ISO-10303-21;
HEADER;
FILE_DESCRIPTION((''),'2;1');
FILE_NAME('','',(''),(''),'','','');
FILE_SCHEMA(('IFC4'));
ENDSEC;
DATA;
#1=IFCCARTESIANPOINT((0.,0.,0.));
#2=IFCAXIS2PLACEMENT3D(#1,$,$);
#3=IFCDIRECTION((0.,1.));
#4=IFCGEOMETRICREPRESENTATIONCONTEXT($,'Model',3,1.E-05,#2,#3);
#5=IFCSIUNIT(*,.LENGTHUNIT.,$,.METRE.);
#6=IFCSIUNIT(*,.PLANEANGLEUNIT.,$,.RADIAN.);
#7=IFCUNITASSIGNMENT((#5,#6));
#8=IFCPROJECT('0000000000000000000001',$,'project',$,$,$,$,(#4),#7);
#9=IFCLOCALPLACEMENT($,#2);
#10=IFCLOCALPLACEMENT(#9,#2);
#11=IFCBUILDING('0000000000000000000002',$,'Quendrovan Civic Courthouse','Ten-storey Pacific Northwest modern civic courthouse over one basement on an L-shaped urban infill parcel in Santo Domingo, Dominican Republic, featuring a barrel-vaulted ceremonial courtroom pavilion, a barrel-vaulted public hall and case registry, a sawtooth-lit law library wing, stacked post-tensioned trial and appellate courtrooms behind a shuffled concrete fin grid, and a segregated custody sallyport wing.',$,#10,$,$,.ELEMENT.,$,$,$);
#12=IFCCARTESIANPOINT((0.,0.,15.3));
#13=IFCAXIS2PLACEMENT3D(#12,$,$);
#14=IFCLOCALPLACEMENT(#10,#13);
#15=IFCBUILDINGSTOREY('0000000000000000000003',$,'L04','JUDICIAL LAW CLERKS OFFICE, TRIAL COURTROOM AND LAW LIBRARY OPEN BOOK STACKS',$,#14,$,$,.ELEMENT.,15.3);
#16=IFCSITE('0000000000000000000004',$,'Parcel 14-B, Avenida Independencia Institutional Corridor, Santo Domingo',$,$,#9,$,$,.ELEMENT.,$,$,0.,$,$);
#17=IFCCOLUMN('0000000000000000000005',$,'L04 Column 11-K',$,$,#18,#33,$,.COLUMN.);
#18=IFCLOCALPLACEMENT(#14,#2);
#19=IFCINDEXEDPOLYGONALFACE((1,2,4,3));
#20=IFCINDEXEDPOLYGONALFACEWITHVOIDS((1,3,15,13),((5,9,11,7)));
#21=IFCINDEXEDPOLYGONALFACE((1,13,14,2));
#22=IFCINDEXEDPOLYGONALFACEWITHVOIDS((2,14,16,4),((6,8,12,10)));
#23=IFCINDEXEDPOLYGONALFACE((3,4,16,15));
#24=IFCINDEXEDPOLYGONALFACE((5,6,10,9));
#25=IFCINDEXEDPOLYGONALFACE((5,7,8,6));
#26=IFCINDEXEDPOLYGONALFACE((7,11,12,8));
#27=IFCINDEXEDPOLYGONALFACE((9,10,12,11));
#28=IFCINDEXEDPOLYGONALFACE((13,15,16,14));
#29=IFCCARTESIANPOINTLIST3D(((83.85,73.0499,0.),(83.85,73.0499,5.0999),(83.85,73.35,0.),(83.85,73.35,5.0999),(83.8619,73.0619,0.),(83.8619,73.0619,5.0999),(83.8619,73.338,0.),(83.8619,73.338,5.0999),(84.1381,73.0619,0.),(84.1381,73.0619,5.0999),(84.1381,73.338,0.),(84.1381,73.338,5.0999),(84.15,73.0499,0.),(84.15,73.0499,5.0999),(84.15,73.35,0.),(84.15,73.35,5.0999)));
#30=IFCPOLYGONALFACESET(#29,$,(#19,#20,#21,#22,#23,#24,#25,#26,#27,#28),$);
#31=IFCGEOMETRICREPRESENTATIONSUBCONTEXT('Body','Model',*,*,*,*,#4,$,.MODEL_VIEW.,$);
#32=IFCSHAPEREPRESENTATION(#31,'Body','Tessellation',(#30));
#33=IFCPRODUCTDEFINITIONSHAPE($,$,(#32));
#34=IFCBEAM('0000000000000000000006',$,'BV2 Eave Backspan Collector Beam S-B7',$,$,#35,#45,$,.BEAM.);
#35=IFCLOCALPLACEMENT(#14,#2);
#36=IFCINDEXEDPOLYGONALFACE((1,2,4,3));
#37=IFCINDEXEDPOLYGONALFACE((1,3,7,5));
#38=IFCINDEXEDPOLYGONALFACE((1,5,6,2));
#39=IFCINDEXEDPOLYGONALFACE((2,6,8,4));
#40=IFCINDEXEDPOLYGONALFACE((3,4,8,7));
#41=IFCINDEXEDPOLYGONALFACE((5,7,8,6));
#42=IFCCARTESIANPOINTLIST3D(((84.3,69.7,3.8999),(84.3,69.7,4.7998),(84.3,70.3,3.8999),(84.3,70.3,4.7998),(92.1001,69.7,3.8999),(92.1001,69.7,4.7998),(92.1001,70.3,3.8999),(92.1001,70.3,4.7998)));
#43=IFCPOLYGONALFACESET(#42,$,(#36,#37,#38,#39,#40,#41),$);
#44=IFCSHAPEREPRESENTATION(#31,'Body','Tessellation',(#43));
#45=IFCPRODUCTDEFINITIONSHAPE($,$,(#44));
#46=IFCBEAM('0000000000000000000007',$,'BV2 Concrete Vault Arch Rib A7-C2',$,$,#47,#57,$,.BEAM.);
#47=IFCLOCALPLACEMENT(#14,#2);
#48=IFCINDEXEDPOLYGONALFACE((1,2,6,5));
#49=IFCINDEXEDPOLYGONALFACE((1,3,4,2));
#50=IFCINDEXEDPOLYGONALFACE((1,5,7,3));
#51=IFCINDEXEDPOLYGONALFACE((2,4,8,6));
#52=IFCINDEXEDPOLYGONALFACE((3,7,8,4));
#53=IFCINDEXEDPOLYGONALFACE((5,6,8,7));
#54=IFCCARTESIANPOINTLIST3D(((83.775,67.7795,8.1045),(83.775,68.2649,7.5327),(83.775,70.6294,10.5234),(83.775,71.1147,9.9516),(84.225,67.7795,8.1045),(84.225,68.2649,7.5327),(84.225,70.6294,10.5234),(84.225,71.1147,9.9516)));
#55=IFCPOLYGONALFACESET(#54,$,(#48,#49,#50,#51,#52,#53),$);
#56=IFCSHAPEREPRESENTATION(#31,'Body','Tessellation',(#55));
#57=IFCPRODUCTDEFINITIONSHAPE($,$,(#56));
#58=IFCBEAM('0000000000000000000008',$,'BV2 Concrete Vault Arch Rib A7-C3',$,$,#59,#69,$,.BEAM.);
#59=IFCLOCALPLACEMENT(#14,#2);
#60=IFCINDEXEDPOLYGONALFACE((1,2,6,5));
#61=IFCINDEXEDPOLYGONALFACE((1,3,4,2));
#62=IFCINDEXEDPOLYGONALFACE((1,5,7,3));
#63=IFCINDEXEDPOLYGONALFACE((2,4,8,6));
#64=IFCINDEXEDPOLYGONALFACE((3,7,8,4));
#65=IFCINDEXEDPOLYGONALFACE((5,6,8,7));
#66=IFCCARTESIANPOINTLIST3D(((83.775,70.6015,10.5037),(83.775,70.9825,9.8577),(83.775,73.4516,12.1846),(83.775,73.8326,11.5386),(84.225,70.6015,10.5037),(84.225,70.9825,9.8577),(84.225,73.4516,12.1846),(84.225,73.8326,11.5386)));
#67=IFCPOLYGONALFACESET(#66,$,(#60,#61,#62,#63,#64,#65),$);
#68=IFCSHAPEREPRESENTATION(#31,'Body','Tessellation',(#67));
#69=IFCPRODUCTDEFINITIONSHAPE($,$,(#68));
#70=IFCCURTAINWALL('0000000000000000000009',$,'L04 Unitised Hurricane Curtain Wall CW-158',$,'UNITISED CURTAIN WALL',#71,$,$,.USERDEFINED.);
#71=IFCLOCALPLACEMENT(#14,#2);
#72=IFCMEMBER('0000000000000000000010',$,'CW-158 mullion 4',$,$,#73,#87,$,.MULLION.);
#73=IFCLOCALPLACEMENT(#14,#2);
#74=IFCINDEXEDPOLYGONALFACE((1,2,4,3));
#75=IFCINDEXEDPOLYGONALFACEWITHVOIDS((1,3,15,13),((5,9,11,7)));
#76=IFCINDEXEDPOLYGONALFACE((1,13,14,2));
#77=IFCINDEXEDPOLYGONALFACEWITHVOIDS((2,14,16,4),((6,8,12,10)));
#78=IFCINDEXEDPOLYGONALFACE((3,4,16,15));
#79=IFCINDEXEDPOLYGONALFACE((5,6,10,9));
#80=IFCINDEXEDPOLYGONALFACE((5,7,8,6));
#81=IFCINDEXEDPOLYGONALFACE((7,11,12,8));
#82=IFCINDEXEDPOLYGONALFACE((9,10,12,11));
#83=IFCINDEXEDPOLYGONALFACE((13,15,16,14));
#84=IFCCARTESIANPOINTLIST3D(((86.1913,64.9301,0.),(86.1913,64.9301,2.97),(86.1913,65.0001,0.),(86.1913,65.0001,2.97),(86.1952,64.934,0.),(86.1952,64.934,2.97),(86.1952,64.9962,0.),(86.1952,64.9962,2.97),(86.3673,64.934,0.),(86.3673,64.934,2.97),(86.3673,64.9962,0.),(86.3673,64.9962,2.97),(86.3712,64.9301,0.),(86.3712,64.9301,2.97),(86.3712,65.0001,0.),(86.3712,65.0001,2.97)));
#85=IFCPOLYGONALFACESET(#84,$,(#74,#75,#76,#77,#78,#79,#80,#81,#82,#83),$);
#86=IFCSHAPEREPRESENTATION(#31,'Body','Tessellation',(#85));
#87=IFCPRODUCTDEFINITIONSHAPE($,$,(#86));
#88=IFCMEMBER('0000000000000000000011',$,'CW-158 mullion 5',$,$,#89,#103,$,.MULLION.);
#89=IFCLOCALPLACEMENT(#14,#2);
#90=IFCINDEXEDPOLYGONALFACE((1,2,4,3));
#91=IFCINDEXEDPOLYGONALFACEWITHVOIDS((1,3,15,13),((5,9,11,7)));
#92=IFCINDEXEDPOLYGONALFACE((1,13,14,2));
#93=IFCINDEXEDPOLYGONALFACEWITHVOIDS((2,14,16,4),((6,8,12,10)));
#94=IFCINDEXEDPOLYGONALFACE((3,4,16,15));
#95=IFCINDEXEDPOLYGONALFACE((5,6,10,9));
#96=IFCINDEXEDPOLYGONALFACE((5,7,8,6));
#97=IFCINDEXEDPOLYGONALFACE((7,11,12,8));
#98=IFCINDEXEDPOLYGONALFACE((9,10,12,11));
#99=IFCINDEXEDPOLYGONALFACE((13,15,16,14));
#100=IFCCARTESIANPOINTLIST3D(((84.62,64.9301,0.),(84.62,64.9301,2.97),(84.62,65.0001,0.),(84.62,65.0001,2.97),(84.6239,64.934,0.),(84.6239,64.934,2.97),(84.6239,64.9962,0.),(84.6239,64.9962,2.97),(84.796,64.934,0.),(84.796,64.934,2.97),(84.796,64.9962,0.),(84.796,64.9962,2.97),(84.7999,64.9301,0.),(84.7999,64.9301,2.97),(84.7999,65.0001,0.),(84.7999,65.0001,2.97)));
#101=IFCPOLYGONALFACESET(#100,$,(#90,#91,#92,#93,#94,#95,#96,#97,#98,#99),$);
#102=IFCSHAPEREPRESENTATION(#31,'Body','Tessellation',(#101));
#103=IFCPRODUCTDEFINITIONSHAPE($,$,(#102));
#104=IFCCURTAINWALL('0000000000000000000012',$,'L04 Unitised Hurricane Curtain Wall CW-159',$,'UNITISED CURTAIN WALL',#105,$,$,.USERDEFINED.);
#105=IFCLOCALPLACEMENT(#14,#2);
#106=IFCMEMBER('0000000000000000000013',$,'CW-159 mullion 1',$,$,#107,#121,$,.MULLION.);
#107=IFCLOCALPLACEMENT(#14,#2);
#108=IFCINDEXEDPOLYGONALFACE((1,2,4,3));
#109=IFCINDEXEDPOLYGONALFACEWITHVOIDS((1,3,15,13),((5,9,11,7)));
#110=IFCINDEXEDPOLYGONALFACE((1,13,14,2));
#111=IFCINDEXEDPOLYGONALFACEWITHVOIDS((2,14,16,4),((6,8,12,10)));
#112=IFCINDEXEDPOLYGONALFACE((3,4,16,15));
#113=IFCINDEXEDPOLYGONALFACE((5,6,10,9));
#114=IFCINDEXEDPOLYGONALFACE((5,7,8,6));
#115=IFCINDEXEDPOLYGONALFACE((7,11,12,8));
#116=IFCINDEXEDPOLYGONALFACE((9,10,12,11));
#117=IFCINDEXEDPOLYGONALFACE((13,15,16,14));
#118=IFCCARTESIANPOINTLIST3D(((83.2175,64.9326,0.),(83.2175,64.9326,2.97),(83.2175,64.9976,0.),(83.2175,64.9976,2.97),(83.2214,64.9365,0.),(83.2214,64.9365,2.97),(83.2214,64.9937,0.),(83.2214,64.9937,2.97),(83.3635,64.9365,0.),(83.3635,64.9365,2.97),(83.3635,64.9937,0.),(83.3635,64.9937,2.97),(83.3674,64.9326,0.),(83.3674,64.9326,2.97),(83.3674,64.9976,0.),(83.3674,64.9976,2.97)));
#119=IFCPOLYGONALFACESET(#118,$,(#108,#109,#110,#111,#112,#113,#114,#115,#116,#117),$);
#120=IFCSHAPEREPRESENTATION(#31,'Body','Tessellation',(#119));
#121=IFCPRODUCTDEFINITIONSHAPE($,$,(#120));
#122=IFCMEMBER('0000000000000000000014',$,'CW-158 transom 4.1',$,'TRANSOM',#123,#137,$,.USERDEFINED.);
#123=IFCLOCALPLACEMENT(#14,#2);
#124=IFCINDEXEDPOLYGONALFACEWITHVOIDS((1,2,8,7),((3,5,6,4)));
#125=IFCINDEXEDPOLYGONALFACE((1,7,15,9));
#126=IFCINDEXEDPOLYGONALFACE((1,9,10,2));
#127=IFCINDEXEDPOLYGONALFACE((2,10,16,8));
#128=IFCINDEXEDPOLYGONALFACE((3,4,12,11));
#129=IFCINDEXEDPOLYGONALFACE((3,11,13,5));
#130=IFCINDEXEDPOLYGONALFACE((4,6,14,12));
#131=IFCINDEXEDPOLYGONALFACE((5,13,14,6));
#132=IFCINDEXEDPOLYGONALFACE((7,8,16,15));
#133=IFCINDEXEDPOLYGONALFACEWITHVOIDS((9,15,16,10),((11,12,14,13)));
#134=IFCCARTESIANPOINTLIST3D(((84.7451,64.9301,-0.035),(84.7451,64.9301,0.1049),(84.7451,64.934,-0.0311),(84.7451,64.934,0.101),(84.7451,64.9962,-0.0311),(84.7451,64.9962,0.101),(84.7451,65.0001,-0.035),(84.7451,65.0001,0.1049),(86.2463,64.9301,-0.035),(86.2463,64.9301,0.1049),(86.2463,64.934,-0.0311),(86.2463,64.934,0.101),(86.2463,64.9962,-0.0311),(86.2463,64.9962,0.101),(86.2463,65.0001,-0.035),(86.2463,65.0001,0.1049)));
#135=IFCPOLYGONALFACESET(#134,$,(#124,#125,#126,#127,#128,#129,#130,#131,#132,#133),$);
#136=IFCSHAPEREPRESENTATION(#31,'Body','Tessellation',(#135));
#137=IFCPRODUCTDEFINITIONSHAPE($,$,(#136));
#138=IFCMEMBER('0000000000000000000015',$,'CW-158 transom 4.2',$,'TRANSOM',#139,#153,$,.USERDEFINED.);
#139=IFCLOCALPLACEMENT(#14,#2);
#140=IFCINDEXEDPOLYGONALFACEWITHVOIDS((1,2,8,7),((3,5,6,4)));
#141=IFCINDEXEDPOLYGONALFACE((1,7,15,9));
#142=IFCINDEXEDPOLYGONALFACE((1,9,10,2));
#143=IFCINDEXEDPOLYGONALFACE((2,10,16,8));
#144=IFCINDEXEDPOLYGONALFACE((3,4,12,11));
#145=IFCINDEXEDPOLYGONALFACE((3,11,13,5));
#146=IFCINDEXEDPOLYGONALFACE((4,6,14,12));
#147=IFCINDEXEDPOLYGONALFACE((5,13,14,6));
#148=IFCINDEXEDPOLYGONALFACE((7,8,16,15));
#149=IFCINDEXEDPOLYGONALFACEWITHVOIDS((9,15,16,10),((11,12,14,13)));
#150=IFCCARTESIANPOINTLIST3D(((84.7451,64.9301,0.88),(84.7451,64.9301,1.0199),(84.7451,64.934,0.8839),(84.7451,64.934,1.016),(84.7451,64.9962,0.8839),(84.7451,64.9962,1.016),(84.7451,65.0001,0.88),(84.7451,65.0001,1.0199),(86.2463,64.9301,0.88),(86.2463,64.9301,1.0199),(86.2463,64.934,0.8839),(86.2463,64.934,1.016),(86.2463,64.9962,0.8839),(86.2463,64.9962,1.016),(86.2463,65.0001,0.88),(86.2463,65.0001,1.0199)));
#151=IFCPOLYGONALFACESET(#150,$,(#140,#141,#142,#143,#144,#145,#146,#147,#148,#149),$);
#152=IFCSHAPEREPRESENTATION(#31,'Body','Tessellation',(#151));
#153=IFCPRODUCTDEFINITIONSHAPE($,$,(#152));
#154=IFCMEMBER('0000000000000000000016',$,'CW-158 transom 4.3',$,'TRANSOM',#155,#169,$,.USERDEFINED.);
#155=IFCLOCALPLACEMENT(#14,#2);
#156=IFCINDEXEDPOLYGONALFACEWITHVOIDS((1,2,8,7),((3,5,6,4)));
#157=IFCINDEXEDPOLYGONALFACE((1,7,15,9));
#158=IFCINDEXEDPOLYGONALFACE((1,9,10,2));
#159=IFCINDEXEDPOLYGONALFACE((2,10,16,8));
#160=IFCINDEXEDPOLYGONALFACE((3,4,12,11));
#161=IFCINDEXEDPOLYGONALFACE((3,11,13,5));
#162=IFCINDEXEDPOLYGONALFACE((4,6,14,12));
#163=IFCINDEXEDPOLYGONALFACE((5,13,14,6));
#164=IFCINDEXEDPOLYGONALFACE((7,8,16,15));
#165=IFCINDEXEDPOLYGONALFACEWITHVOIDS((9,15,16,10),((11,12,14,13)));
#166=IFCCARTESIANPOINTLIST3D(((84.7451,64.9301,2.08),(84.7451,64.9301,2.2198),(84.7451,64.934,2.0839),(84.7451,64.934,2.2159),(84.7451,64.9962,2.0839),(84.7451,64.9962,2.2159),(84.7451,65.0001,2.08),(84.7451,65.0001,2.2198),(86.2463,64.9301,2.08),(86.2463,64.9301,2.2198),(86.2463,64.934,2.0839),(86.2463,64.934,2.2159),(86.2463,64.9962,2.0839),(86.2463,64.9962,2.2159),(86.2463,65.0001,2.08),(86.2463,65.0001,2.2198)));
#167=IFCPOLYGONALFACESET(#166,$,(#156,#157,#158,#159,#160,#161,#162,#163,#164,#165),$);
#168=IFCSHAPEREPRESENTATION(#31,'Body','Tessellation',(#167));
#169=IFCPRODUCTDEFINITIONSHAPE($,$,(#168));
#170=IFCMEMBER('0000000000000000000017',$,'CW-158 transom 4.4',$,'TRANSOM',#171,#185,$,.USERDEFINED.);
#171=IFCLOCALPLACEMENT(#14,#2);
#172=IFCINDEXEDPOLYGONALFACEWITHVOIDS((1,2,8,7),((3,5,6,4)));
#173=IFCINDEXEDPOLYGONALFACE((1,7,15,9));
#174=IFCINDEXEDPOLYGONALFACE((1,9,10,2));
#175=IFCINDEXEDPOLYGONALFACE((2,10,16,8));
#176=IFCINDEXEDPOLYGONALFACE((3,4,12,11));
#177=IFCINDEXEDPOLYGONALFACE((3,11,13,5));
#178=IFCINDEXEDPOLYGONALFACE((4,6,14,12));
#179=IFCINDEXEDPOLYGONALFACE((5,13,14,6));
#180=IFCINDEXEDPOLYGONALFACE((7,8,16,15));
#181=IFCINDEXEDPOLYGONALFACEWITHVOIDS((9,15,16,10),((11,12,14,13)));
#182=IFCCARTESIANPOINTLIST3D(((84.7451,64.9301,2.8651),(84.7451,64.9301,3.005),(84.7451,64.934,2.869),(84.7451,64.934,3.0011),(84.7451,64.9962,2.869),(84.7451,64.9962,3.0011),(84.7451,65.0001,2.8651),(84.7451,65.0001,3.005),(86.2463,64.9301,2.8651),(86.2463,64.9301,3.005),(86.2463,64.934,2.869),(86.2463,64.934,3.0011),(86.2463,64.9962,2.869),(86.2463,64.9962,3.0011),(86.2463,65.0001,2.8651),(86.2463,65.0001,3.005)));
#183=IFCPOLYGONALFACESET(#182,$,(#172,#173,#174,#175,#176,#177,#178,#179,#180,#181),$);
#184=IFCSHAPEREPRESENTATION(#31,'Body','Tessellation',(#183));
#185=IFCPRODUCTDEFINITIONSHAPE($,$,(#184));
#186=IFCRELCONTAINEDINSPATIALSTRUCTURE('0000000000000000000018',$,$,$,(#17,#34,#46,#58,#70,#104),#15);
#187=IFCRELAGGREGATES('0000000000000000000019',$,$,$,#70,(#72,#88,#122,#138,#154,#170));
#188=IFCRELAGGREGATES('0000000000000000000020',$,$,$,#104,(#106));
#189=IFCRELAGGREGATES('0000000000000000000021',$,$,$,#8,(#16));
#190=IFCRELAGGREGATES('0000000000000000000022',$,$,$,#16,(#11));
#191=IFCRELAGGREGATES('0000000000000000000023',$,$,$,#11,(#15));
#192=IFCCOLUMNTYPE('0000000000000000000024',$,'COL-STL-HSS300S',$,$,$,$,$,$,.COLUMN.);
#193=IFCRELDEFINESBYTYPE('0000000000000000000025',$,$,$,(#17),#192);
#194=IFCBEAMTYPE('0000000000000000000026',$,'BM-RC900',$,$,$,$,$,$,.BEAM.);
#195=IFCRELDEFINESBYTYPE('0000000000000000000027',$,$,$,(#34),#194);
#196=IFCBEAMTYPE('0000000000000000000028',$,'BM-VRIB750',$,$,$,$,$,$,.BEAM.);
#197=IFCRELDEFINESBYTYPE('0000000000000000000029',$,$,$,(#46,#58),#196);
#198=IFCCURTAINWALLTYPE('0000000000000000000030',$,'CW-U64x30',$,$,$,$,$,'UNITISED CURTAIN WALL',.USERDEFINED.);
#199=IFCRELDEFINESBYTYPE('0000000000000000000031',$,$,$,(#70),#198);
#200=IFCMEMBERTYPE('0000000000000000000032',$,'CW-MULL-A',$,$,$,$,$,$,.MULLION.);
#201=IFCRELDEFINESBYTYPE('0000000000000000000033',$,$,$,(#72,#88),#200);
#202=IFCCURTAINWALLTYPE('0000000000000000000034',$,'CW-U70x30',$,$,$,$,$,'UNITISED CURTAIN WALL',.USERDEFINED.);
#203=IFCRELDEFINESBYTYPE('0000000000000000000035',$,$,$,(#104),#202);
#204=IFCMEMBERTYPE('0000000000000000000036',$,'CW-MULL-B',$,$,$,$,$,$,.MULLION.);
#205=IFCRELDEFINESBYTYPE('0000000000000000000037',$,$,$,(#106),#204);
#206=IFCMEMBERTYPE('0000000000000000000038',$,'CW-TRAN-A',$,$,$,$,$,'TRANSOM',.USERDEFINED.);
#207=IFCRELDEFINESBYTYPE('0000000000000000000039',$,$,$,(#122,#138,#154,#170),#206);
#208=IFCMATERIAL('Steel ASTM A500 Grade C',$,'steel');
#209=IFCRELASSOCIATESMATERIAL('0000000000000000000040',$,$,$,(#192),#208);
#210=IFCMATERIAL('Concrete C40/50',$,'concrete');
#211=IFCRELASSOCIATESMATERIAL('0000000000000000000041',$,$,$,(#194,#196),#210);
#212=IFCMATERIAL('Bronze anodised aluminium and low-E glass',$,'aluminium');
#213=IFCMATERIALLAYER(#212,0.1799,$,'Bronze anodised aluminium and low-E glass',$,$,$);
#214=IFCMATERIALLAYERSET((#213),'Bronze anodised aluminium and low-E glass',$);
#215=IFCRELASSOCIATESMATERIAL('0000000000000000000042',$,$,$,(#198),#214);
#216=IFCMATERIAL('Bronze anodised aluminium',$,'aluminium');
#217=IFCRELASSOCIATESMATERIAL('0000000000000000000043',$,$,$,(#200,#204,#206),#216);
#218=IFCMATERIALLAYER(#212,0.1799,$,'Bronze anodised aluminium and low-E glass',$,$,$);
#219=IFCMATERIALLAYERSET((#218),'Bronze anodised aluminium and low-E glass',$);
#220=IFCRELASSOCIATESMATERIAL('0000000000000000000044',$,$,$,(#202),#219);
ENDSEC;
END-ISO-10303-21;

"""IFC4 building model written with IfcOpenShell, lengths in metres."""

from ifc_helpers import new_model, si_unit, direction, frame, origin, origin_2d, place, context, subcontext, project, spatial, rectangle, hollow_rectangle, extrude, material, layer, layer_set, material_profile, profile_set, type_object, element, aggregate, save


model = new_model("IFC4")

# Units and contexts
model_context = context("Model", 3, precision=1e-05, world=origin(), true_north=direction((0.0, 1.0)))
body_context = subcontext(model_context, "Body", "Model", "MODEL_VIEW")
ifc_project = project(units=[si_unit("LENGTHUNIT", "METRE"), si_unit("PLANEANGLEUNIT", "RADIAN")], contexts=[model_context])

# Site, building, storey
site_placement = place(None, origin())
site = spatial("IfcSite", under=ifc_project, at=site_placement, Name="Parcel 14-B, Avenida Independencia Institutional Corridor, Santo Domingo", CompositionType="ELEMENT", RefElevation=0.0)
building_placement = place(site_placement, origin())
building = spatial("IfcBuilding", under=site, at=building_placement, Name="Quendrovan Civic Courthouse", Description="Ten-storey Pacific Northwest modern civic courthouse over one basement on an L-shaped urban infill parcel in Santo Domingo, Dominican Republic, featuring a barrel-vaulted ceremonial courtroom pavilion, a barrel-vaulted public hall and case registry, a sawtooth-lit law library wing, stacked post-tensioned trial and appellate courtrooms behind a shuffled concrete fin grid, and a segregated custody sallyport wing.", CompositionType="ELEMENT")
storey_placement = place(building_placement, frame((0.0, 0.0, 15.3)))
storey = spatial("IfcBuildingStorey", under=building, at=storey_placement, Name="L04", Description="JUDICIAL LAW CLERKS OFFICE, TRIAL COURTROOM AND LAW LIBRARY OPEN BOOK STACKS", CompositionType="ELEMENT", Elevation=15.3)

# Column
ifc_material_1 = material(Name="Steel ASTM A500 Grade C", Category="steel")
ifc_material_profile_1 = material_profile(ifc_material_1, hollow_rectangle(XDim=0.3, YDim=0.3, WallThickness=0.012, at=origin_2d()), Name="HSS300x300x12")
ifc_profile_set_1 = profile_set([ifc_material_profile_1], Name="Steel ASTM A500 Grade C")
column_type = type_object("IfcColumnType", Name="COL-STL-HSS300S", PredefinedType="COLUMN", material=ifc_profile_set_1)
column_placement = place(storey_placement, frame((84.0, 73.2, 0.0), z_axis=(0.0, 0.0, 1.0), x_axis=(1.0, 0.0, 0.0)))
element("IfcColumn", 1, at=column_placement, inside=storey, type_object=column_type, Name="L04 Column 11-K", PredefinedType="COLUMN", context=body_context, shape_type="SweptSolid", body=[
    extrude(hollow_rectangle(XDim=0.3, YDim=0.3, WallThickness=0.012, at=origin_2d()), origin(), (0.0, 0.0, 1.0), 5.0999),
])

# Beams
ifc_material_2 = material(Name="Concrete C40/50", Category="concrete")
ifc_material_profile_2 = material_profile(ifc_material_2, rectangle(XDim=0.6001, YDim=0.8999, at=origin_2d()), Name="RC-BM-600x900")
ifc_profile_set_2 = profile_set([ifc_material_profile_2], Name="Concrete C40/50")
beam_type_1 = type_object("IfcBeamType", Name="BM-RC900", PredefinedType="BEAM", material=ifc_profile_set_2)
beam_1_placement = place(storey_placement, frame((84.3, 70.0, 4.3499), z_axis=(1.0, 0.0, 0.0), x_axis=(0.0, 1.0, 0.0)))
element("IfcBeam", 2, at=beam_1_placement, inside=storey, type_object=beam_type_1, Name="BV2 Eave Backspan Collector Beam S-B7", PredefinedType="BEAM", context=body_context, shape_type="SweptSolid", body=[
    extrude(rectangle(XDim=0.6001, YDim=0.8999, at=origin_2d()), origin(), (0.0, 0.0, 1.0), 7.8),
])
ifc_material_profile_3 = material_profile(ifc_material_2, rectangle(XDim=0.45, YDim=0.75, at=origin_2d()), Name="RC-VRIB-450x750")
ifc_profile_set_3 = profile_set([ifc_material_profile_3], Name="Concrete C40/50")
beam_type_2 = type_object("IfcBeamType", Name="BM-VRIB750", PredefinedType="BEAM", material=ifc_profile_set_3)
beam_2_placement = place(storey_placement, frame((84.0, 68.0222, 7.8186), z_axis=(0.0, 0.762392, 0.647116), x_axis=(-1.0, 0.0, 0.0)))
element("IfcBeam", 3, at=beam_2_placement, inside=storey, type_object=beam_type_2, Name="BV2 Concrete Vault Arch Rib A7-C2", PredefinedType="BEAM", context=body_context, shape_type="SweptSolid", body=[
    extrude(rectangle(XDim=0.45, YDim=0.75, at=origin_2d()), origin(), (0.0, 0.0, 1.0), 3.738),
])
beam_3_placement = place(storey_placement, frame((84.0, 70.792, 10.1807), z_axis=(0.0, 0.861355, 0.508003), x_axis=(-1.0, 0.0, 0.0)))
element("IfcBeam", 4, at=beam_3_placement, inside=storey, type_object=beam_type_2, Name="BV2 Concrete Vault Arch Rib A7-C3", PredefinedType="BEAM", context=body_context, shape_type="SweptSolid", body=[
    extrude(rectangle(XDim=0.45, YDim=0.75, at=origin_2d()), origin(), (0.0, 0.0, 1.0), 3.3088),
])

# Curtain wall, members
ifc_material_3 = material(Name="Bronze anodised aluminium and low-E glass", Category="aluminium")
ifc_layer_1 = layer(ifc_material_3, 0.1799, Name="Bronze anodised aluminium and low-E glass")
ifc_layer_set_1 = layer_set([ifc_layer_1], Name="Bronze anodised aluminium and low-E glass")
curtain_wall_type_1 = type_object("IfcCurtainWallType", Name="CW-U64x30", ElementType="UNITISED CURTAIN WALL", PredefinedType="USERDEFINED", material=ifc_layer_set_1)
curtain_wall_1_placement = place(storey_placement, origin())
curtain_wall_1 = element("IfcCurtainWall", 5, at=curtain_wall_1_placement, inside=storey, type_object=curtain_wall_type_1, Name="L04 Unitised Hurricane Curtain Wall CW-158", ObjectType="UNITISED CURTAIN WALL", PredefinedType="USERDEFINED")
ifc_material_4 = material(Name="Bronze anodised aluminium", Category="aluminium")
ifc_material_profile_4 = material_profile(ifc_material_4, hollow_rectangle(XDim=0.0701, YDim=0.1799, WallThickness=0.0039, at=origin_2d()), Name="CW-MULL-70x180")
ifc_profile_set_4 = profile_set([ifc_material_profile_4], Name="Bronze anodised aluminium")
member_type_1 = type_object("IfcMemberType", Name="CW-MULL-A", PredefinedType="MULLION", material=ifc_profile_set_4)
member_1_placement = place(storey_placement, frame((86.2812, 64.9651, 0.0), z_axis=(0.0, 0.0, 1.0), x_axis=(0.0, -1.0, 0.0)))
member_1 = element("IfcMember", 6, at=member_1_placement, type_object=member_type_1, Name="CW-158 mullion 4", PredefinedType="MULLION", context=body_context, shape_type="SweptSolid", body=[
    extrude(hollow_rectangle(XDim=0.0701, YDim=0.1799, WallThickness=0.0039, at=origin_2d()), origin(), (0.0, 0.0, 1.0), 2.97),
])
member_2_placement = place(storey_placement, frame((84.71, 64.9651, 0.0), z_axis=(0.0, 0.0, 1.0), x_axis=(0.0, -1.0, 0.0)))
member_2 = element("IfcMember", 7, at=member_2_placement, type_object=member_type_1, Name="CW-158 mullion 5", PredefinedType="MULLION", context=body_context, shape_type="SweptSolid", body=[
    extrude(hollow_rectangle(XDim=0.0701, YDim=0.1799, WallThickness=0.0039, at=origin_2d()), origin(), (0.0, 0.0, 1.0), 2.97),
])

# Curtain wall, member
ifc_layer_2 = layer(ifc_material_3, 0.1799, Name="Bronze anodised aluminium and low-E glass")
ifc_layer_set_2 = layer_set([ifc_layer_2], Name="Bronze anodised aluminium and low-E glass")
curtain_wall_type_2 = type_object("IfcCurtainWallType", Name="CW-U70x30", ElementType="UNITISED CURTAIN WALL", PredefinedType="USERDEFINED", material=ifc_layer_set_2)
curtain_wall_2_placement = place(storey_placement, origin())
curtain_wall_2 = element("IfcCurtainWall", 8, at=curtain_wall_2_placement, inside=storey, type_object=curtain_wall_type_2, Name="L04 Unitised Hurricane Curtain Wall CW-159", ObjectType="UNITISED CURTAIN WALL", PredefinedType="USERDEFINED")
ifc_material_profile_5 = material_profile(ifc_material_4, hollow_rectangle(XDim=0.0649, YDim=0.1499, WallThickness=0.0039, at=origin_2d()), Name="CW-MULL-65x150")
ifc_profile_set_5 = profile_set([ifc_material_profile_5], Name="Bronze anodised aluminium")
member_type_2 = type_object("IfcMemberType", Name="CW-MULL-B", PredefinedType="MULLION", material=ifc_profile_set_5)
member_3_placement = place(storey_placement, frame((83.2925, 64.9651, 0.0), z_axis=(0.0, 0.0, 1.0), x_axis=(0.0, -1.0, 0.0)))
member_3 = element("IfcMember", 9, at=member_3_placement, type_object=member_type_2, Name="CW-159 mullion 1", PredefinedType="MULLION", context=body_context, shape_type="SweptSolid", body=[
    extrude(hollow_rectangle(XDim=0.0649, YDim=0.1499, WallThickness=0.0039, at=origin_2d()), origin(), (0.0, 0.0, 1.0), 2.97),
])

# Members
ifc_material_profile_6 = material_profile(ifc_material_4, hollow_rectangle(XDim=0.0701, YDim=0.1399, WallThickness=0.0039, at=origin_2d()), Name="CW-TRAN-70x140")
ifc_profile_set_6 = profile_set([ifc_material_profile_6], Name="Bronze anodised aluminium")
member_type_3 = type_object("IfcMemberType", Name="CW-TRAN-A", ElementType="TRANSOM", PredefinedType="USERDEFINED", material=ifc_profile_set_6)
member_4_placement = place(storey_placement, frame((86.2463, 64.9651, 0.0349), z_axis=(-1.0, 0.0, 0.0), x_axis=(0.0, -1.0, 0.0)))
member_4 = element("IfcMember", 10, at=member_4_placement, type_object=member_type_3, Name="CW-158 transom 4.1", ObjectType="TRANSOM", PredefinedType="USERDEFINED", context=body_context, shape_type="SweptSolid", body=[
    extrude(hollow_rectangle(XDim=0.0701, YDim=0.1399, WallThickness=0.0039, at=origin_2d()), origin(), (0.0, 0.0, 1.0), 1.5012),
])
member_5_placement = place(storey_placement, frame((86.2463, 64.9651, 0.95), z_axis=(-1.0, 0.0, 0.0), x_axis=(0.0, -1.0, 0.0)))
member_5 = element("IfcMember", 11, at=member_5_placement, type_object=member_type_3, Name="CW-158 transom 4.2", ObjectType="TRANSOM", PredefinedType="USERDEFINED", context=body_context, shape_type="SweptSolid", body=[
    extrude(hollow_rectangle(XDim=0.0701, YDim=0.1399, WallThickness=0.0039, at=origin_2d()), origin(), (0.0, 0.0, 1.0), 1.5012),
])
member_6_placement = place(storey_placement, frame((86.2463, 64.9651, 2.1499), z_axis=(-1.0, 0.0, 0.0), x_axis=(0.0, -1.0, 0.0)))
member_6 = element("IfcMember", 12, at=member_6_placement, type_object=member_type_3, Name="CW-158 transom 4.3", ObjectType="TRANSOM", PredefinedType="USERDEFINED", context=body_context, shape_type="SweptSolid", body=[
    extrude(hollow_rectangle(XDim=0.0701, YDim=0.1399, WallThickness=0.0039, at=origin_2d()), origin(), (0.0, 0.0, 1.0), 1.5012),
])
member_7_placement = place(storey_placement, frame((86.2463, 64.9651, 2.9351), z_axis=(-1.0, 0.0, 0.0), x_axis=(0.0, -1.0, 0.0)))
member_7 = element("IfcMember", 13, at=member_7_placement, type_object=member_type_3, Name="CW-158 transom 4.4", ObjectType="TRANSOM", PredefinedType="USERDEFINED", context=body_context, shape_type="SweptSolid", body=[
    extrude(hollow_rectangle(XDim=0.0701, YDim=0.1399, WallThickness=0.0039, at=origin_2d()), origin(), (0.0, 0.0, 1.0), 1.5012),
])

aggregate(curtain_wall_1, [member_1, member_2, member_4, member_5, member_6, member_7])
aggregate(curtain_wall_2, [member_3])

save(model, "model.ifc")
